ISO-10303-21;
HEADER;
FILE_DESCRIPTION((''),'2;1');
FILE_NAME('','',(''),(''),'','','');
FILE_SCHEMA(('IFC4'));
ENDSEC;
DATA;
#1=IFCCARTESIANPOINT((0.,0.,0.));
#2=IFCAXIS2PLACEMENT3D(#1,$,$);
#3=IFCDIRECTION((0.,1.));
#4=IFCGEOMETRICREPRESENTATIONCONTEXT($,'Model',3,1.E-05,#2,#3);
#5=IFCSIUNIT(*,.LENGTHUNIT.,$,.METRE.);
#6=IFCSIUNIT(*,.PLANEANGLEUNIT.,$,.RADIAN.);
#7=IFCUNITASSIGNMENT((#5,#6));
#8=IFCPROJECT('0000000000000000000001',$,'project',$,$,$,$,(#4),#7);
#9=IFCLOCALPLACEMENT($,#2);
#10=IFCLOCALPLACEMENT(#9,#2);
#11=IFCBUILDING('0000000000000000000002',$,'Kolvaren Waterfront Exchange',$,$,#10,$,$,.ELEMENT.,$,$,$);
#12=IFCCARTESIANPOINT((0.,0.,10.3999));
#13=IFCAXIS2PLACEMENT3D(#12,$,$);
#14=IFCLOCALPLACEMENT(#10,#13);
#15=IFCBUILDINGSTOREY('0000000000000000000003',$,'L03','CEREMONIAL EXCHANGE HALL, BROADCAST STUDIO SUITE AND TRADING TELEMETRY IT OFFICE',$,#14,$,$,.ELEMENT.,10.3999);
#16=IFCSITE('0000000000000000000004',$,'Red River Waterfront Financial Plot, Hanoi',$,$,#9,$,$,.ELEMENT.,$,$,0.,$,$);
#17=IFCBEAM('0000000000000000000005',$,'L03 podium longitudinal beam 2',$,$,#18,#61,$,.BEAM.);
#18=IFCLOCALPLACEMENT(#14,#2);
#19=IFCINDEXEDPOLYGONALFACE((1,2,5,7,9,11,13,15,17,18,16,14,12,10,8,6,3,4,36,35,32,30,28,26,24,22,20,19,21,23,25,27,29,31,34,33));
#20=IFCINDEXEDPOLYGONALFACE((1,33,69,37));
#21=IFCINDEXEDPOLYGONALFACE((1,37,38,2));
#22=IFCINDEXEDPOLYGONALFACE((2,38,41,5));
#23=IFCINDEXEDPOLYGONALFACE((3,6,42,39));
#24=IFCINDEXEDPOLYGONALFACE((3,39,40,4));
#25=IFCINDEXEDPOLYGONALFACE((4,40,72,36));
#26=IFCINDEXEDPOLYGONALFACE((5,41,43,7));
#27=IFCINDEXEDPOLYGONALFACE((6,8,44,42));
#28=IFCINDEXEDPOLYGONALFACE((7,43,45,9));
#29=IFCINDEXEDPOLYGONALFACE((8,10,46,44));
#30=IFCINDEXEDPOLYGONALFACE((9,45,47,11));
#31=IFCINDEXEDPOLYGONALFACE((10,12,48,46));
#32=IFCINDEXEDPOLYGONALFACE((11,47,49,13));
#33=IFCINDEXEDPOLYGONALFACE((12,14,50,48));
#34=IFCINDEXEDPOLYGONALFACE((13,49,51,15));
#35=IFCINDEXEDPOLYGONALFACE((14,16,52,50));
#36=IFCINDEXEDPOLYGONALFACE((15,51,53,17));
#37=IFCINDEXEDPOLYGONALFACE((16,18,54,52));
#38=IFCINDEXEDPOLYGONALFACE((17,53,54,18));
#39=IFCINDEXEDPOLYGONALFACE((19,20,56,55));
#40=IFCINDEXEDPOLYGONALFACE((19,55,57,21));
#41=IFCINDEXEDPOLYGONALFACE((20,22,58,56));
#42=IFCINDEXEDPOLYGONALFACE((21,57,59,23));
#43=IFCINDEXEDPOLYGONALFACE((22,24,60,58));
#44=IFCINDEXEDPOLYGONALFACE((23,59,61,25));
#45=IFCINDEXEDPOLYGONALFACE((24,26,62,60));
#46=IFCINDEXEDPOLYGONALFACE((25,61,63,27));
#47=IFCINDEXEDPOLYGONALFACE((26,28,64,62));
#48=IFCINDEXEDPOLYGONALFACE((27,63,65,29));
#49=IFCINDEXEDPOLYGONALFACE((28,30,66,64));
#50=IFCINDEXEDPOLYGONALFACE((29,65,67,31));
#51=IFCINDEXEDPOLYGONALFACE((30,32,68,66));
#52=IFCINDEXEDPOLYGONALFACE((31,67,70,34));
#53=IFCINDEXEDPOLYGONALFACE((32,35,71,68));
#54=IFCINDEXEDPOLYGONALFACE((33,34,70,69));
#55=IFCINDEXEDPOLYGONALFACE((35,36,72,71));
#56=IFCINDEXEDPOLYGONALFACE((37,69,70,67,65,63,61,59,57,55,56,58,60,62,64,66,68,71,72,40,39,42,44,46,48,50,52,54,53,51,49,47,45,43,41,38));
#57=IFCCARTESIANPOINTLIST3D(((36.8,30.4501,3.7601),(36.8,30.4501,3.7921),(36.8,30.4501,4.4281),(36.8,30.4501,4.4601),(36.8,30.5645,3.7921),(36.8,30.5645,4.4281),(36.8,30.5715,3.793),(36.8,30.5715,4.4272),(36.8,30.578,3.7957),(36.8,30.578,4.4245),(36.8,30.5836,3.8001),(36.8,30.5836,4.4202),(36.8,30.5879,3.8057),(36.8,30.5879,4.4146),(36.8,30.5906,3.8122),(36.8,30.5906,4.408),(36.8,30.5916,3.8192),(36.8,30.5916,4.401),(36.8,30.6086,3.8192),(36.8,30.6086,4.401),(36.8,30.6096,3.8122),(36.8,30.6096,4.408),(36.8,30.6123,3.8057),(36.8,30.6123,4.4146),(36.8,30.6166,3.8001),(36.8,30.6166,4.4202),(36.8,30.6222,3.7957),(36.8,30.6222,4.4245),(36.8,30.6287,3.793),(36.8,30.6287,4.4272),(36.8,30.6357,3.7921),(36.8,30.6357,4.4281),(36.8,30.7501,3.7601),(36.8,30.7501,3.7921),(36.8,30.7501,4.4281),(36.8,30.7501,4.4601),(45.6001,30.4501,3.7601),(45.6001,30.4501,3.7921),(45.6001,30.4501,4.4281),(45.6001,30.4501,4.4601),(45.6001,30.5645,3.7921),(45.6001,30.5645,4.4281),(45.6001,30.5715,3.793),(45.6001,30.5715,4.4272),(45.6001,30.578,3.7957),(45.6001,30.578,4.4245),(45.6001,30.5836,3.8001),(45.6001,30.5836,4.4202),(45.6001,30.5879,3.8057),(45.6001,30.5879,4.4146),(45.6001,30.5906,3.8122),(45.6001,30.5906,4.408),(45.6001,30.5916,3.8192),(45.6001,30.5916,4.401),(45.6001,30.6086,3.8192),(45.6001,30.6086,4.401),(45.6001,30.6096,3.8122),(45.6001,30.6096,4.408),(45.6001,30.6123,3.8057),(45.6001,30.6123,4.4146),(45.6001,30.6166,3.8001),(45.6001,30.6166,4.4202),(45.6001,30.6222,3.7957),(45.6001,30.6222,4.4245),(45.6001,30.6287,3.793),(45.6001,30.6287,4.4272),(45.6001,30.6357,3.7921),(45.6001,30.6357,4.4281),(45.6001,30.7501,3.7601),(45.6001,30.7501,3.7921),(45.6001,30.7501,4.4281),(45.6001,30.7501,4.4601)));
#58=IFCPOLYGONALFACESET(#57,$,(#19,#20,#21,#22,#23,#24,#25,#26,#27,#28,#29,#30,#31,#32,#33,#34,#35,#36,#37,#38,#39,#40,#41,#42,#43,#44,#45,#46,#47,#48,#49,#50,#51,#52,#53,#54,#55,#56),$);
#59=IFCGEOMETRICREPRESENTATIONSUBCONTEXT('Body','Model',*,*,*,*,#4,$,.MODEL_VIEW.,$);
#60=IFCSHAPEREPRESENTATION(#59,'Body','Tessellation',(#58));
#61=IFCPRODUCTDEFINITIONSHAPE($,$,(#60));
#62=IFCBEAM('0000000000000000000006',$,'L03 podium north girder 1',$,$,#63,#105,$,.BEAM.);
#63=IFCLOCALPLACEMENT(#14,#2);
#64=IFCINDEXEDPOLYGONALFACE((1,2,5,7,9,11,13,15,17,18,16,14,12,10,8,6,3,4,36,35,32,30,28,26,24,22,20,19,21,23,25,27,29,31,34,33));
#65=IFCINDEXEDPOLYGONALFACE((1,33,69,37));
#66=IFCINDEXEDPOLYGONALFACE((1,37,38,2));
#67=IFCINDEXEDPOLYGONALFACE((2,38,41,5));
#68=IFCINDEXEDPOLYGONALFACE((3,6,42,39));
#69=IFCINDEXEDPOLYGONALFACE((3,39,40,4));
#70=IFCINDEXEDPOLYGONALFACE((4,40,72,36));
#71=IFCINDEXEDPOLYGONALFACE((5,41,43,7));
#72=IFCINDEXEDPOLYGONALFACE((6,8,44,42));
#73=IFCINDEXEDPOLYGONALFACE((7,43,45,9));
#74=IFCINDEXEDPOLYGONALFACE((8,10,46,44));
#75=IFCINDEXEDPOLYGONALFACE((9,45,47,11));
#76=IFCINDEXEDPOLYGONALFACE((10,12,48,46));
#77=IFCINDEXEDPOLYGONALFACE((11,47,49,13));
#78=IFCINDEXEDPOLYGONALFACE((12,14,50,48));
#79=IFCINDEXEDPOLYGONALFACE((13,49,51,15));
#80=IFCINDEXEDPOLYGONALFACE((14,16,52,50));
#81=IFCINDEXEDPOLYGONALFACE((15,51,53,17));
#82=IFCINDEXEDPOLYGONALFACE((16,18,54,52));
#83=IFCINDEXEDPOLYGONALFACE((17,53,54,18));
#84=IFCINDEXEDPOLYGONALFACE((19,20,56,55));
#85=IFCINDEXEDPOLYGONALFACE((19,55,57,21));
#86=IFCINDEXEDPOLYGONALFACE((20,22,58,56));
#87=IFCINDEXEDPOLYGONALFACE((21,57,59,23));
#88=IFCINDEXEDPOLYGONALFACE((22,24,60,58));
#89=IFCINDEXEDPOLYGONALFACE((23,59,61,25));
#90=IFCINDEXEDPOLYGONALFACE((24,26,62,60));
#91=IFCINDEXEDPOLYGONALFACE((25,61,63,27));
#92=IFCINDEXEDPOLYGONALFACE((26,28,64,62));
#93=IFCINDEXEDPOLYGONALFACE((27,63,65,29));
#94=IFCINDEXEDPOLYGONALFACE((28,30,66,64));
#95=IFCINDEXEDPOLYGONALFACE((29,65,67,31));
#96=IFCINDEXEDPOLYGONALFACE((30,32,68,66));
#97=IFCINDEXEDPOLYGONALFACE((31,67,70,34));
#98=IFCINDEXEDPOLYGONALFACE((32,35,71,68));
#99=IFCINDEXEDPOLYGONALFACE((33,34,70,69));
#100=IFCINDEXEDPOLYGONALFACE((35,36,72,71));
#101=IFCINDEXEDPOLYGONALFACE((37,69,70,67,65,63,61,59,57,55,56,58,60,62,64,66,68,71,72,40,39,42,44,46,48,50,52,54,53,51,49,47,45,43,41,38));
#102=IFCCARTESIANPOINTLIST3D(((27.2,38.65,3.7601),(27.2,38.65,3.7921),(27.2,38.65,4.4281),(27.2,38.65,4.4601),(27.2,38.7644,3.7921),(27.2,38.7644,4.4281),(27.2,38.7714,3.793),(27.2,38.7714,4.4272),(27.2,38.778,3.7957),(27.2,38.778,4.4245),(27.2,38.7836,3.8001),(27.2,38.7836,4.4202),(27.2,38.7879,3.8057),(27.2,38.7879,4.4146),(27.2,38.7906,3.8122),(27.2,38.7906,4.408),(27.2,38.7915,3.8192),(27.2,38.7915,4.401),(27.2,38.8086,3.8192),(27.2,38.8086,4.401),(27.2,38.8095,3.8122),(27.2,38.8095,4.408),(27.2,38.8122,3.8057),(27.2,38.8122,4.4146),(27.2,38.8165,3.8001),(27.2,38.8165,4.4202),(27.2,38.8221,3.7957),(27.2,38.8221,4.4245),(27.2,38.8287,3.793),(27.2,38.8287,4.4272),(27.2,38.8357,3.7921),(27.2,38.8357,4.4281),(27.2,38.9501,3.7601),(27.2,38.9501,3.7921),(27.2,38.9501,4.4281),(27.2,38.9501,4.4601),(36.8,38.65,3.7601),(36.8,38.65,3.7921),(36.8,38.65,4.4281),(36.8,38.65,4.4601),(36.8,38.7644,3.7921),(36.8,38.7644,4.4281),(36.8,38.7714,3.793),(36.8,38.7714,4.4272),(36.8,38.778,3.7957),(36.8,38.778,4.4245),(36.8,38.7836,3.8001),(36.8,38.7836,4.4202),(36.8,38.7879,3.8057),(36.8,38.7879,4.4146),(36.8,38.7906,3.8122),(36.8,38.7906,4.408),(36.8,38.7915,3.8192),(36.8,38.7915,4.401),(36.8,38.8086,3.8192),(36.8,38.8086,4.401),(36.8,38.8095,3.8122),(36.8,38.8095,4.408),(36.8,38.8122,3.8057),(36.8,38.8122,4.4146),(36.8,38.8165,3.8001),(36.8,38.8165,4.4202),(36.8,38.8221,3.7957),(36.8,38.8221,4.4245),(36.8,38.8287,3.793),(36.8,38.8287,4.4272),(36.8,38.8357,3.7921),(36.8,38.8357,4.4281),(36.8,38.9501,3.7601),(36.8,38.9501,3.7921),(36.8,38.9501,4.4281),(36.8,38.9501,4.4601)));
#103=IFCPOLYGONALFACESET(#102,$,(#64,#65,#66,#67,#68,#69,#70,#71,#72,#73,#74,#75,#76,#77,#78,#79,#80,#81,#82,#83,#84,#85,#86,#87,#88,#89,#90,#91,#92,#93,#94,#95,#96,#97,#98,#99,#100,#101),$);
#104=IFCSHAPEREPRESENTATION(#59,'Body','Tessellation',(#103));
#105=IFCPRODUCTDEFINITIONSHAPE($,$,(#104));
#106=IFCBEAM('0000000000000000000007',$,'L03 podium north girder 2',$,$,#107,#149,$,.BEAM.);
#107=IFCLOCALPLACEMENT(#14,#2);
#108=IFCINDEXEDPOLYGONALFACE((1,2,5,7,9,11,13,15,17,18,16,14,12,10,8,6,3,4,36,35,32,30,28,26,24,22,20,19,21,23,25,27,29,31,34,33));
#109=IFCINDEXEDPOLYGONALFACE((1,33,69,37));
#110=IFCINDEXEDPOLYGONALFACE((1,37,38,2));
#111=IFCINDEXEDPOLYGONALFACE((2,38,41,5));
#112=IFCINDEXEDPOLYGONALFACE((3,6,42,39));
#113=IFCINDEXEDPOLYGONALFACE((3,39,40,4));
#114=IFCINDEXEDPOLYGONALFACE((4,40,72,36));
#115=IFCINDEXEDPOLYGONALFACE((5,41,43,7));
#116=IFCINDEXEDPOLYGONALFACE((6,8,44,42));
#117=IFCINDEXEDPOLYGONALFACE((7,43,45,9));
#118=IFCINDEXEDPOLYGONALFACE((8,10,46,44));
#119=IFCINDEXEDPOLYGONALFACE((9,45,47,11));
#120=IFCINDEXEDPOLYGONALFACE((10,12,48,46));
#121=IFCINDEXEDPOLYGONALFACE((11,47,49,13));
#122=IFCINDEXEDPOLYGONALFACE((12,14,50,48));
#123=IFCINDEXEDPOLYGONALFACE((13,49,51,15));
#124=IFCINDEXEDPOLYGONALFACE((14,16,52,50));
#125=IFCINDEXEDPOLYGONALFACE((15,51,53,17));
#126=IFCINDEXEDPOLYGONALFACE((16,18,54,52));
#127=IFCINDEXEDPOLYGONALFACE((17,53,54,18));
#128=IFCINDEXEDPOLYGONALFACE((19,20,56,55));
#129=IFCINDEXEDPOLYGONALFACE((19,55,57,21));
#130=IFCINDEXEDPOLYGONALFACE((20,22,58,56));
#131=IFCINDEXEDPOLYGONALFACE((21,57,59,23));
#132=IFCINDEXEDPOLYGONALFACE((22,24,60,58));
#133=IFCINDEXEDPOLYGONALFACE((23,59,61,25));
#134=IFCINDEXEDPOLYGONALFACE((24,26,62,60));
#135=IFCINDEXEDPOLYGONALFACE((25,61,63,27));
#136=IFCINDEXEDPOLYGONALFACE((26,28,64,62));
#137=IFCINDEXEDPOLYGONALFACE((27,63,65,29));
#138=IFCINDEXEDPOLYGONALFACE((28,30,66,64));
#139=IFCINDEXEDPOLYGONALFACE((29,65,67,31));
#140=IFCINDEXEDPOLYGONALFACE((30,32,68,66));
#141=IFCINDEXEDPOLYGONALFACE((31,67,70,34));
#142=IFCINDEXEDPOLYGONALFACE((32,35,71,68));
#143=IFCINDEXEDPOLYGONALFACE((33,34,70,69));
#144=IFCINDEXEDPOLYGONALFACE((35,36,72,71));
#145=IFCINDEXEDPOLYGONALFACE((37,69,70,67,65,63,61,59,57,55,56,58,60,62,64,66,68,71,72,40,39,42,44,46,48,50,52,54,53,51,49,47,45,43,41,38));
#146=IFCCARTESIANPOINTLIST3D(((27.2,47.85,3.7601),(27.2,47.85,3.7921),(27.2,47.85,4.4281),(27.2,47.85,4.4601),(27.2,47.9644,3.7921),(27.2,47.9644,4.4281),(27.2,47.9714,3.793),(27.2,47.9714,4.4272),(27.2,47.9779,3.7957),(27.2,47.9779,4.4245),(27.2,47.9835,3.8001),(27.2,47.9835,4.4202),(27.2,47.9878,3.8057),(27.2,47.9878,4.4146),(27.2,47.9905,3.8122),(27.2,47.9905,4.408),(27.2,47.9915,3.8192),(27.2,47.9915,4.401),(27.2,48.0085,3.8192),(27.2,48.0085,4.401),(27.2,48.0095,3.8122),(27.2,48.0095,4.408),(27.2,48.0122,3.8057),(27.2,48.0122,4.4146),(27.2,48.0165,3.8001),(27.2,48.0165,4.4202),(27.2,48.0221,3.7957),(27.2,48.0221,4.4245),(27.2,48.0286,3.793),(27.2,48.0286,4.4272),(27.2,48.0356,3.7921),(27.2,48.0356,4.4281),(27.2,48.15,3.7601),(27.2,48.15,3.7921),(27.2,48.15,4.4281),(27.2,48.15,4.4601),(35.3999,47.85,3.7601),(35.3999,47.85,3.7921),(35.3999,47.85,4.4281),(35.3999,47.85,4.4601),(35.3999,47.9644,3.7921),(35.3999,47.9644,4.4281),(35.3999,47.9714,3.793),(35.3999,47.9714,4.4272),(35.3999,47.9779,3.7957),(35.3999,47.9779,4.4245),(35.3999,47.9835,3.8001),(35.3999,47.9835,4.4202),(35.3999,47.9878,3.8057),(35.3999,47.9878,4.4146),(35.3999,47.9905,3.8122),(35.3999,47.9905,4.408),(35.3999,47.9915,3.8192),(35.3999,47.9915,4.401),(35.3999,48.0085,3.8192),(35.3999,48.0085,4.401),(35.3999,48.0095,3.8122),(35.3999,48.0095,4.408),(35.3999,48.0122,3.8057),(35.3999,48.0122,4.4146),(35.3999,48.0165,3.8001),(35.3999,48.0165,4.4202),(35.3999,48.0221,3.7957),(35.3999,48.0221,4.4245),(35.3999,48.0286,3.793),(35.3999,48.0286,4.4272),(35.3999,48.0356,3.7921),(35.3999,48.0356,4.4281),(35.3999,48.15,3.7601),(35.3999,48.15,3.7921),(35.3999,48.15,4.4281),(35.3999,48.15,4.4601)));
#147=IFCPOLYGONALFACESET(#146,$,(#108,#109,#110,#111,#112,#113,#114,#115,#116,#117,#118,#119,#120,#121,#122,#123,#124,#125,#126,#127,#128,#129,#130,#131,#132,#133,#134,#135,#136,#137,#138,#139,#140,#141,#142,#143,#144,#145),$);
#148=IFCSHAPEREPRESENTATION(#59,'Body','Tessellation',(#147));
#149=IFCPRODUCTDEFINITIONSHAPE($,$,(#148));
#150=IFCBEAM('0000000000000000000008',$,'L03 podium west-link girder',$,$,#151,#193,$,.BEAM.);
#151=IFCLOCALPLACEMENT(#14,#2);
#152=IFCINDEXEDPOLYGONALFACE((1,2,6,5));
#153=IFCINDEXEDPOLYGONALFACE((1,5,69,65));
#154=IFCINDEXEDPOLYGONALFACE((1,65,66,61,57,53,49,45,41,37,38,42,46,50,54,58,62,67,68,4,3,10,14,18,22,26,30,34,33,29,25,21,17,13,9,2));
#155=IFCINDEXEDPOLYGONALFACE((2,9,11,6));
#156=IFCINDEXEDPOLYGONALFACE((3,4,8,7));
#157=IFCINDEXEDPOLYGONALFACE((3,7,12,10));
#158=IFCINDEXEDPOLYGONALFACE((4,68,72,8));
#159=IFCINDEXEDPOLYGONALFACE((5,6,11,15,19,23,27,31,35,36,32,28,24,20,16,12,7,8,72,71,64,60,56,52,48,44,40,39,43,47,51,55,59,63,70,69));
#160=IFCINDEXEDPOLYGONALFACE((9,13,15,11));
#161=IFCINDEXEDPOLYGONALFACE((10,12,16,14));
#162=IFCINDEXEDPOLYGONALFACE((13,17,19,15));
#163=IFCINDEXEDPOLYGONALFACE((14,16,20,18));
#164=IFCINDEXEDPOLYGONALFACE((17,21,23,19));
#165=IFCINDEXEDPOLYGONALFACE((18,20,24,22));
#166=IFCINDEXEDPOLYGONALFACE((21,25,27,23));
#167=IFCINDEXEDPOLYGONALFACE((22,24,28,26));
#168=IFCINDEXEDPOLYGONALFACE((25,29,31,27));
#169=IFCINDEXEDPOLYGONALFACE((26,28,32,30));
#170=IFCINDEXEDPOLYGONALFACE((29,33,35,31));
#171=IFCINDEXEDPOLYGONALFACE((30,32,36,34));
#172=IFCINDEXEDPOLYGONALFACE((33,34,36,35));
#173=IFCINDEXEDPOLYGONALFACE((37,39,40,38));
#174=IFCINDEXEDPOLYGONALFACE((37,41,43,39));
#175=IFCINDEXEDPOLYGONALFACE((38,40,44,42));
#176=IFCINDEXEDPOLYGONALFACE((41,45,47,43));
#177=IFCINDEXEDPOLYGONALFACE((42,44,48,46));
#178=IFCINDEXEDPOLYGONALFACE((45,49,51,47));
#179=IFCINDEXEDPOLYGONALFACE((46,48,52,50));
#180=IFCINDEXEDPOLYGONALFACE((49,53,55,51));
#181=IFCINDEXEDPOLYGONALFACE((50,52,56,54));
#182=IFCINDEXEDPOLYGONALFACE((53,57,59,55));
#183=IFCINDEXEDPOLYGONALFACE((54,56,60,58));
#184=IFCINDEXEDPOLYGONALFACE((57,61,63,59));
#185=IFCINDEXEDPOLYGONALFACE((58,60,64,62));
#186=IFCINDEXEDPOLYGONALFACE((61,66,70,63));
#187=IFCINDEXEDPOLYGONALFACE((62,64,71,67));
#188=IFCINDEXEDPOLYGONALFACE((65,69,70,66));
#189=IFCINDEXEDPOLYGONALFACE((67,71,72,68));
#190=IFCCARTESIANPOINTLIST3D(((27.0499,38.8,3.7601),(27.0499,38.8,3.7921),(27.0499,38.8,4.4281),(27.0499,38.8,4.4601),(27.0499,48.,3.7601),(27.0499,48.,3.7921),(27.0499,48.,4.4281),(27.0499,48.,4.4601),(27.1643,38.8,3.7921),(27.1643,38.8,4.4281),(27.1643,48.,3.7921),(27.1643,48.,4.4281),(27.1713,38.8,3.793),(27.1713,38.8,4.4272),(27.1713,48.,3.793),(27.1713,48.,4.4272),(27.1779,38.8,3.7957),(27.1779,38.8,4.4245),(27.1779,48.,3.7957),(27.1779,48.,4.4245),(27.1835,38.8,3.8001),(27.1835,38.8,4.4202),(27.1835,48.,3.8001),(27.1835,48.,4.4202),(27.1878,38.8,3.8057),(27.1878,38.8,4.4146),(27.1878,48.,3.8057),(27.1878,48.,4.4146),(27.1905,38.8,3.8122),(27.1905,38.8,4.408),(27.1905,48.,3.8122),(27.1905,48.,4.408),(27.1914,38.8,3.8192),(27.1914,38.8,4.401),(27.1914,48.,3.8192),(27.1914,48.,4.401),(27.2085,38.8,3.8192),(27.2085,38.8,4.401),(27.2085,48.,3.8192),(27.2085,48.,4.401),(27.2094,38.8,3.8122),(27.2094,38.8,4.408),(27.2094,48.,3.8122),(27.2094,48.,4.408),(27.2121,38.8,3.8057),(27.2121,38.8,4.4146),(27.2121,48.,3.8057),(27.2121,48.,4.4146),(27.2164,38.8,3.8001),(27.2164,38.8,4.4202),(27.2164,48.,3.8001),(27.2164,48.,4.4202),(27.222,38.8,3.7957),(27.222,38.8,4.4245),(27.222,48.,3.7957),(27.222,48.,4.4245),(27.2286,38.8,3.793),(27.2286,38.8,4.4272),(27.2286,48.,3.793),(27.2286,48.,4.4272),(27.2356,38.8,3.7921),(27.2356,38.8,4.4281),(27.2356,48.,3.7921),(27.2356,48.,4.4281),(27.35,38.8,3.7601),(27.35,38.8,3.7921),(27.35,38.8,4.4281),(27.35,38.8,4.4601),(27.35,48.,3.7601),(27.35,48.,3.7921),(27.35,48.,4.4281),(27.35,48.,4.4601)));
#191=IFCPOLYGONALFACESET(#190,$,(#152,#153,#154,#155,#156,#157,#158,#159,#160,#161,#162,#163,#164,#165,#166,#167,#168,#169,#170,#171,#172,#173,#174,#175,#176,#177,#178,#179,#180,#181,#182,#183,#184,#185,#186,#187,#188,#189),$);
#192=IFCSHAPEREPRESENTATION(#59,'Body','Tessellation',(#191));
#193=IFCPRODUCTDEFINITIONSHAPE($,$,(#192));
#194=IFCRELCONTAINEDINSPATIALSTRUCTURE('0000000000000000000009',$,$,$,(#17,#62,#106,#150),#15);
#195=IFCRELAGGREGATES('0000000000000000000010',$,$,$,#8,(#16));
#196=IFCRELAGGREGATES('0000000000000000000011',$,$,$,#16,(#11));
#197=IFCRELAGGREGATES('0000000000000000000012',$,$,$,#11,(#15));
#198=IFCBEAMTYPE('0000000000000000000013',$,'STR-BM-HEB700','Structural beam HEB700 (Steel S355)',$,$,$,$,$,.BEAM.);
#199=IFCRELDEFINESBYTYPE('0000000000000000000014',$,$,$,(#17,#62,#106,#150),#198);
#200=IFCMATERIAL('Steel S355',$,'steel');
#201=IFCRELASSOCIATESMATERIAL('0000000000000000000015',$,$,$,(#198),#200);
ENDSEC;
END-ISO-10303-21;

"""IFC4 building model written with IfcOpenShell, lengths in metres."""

from ifc_helpers import new_model, si_unit, direction, frame, origin, origin_2d, place, context, subcontext, project, spatial, i_section, extrude, material, material_profile, profile_set, type_object, element, save


model = new_model("IFC4")

# Units and contexts
model_context = context("Model", 3, precision=1e-05, world=origin(), true_north=direction((0.0, 1.0)))
body_context = subcontext(model_context, "Body", "Model", "MODEL_VIEW")
ifc_project = project(units=[si_unit("LENGTHUNIT", "METRE"), si_unit("PLANEANGLEUNIT", "RADIAN")], contexts=[model_context])

# Site, building, storey
site_placement = place(None, origin())
site = spatial("IfcSite", under=ifc_project, at=site_placement, Name="Red River Waterfront Financial Plot, Hanoi", CompositionType="ELEMENT", RefElevation=0.0)
building_placement = place(site_placement, origin())
building = spatial("IfcBuilding", under=site, at=building_placement, Name="Kolvaren Waterfront Exchange", CompositionType="ELEMENT")
storey_placement = place(building_placement, frame((0.0, 0.0, 10.3999)))
storey = spatial("IfcBuildingStorey", under=building, at=storey_placement, Name="L03", Description="CEREMONIAL EXCHANGE HALL, BROADCAST STUDIO SUITE AND TRADING TELEMETRY IT OFFICE", CompositionType="ELEMENT", Elevation=10.3999)

# Beams
ifc_material_1 = material(Name="Steel S355", Category="steel")
ifc_material_profile_1 = material_profile(ifc_material_1, i_section(OverallWidth=0.3, OverallDepth=0.7, WebThickness=0.0171, FlangeThickness=0.032, FilletRadius=0.0271, at=origin_2d()), Name="HEB700")
ifc_profile_set_1 = profile_set([ifc_material_profile_1], Name="Steel S355")
beam_type_1 = type_object("IfcBeamType", Name="STR-BM-HEB700", Description="Structural beam HEB700 (Steel S355)", PredefinedType="BEAM", material=ifc_profile_set_1)
beam_1_placement = place(storey_placement, frame((36.8, 30.6001, 4.1101), z_axis=(1.0, 0.0, 0.0), x_axis=(0.0, 1.0, 0.0)))
element("IfcBeam", 1, at=beam_1_placement, inside=storey, type_object=beam_type_1, Name="L03 podium longitudinal beam 2", PredefinedType="BEAM", context=body_context, shape_type="SweptSolid", body=[
    extrude(i_section(OverallWidth=0.3, OverallDepth=0.7, WebThickness=0.0171, FlangeThickness=0.032, FilletRadius=0.0271, at=origin_2d()), origin(), (0.0, 0.0, 1.0), 8.8),
])
beam_2_placement = place(storey_placement, frame((27.2, 38.8, 4.1101), z_axis=(1.0, 0.0, 0.0), x_axis=(0.0, 1.0, 0.0)))
element("IfcBeam", 2, at=beam_2_placement, inside=storey, type_object=beam_type_1, Name="L03 podium north girder 1", PredefinedType="BEAM", context=body_context, shape_type="SweptSolid", body=[
    extrude(i_section(OverallWidth=0.3, OverallDepth=0.7, WebThickness=0.0171, FlangeThickness=0.032, FilletRadius=0.0271, at=origin_2d()), origin(), (0.0, 0.0, 1.0), 9.6001),
])
beam_3_placement = place(storey_placement, frame((27.2, 48.0, 4.1101), z_axis=(1.0, 0.0, 0.0), x_axis=(0.0, 1.0, 0.0)))
element("IfcBeam", 3, at=beam_3_placement, inside=storey, type_object=beam_type_1, Name="L03 podium north girder 2", PredefinedType="BEAM", context=body_context, shape_type="SweptSolid", body=[
    extrude(i_section(OverallWidth=0.3, OverallDepth=0.7, WebThickness=0.0171, FlangeThickness=0.032, FilletRadius=0.0271, at=origin_2d()), origin(), (0.0, 0.0, 1.0), 8.2),
])
beam_4_placement = place(storey_placement, frame((27.2, 38.8, 4.1101), z_axis=(0.0, 1.0, 0.0), x_axis=(-1.0, 0.0, 0.0)))
element("IfcBeam", 4, at=beam_4_placement, inside=storey, type_object=beam_type_1, Name="L03 podium west-link girder", PredefinedType="BEAM", context=body_context, shape_type="SweptSolid", body=[
    extrude(i_section(OverallWidth=0.3, OverallDepth=0.7, WebThickness=0.0171, FlangeThickness=0.032, FilletRadius=0.0271, at=origin_2d()), origin(), (0.0, 0.0, 1.0), 9.2),
])

save(model, "model.ifc")
